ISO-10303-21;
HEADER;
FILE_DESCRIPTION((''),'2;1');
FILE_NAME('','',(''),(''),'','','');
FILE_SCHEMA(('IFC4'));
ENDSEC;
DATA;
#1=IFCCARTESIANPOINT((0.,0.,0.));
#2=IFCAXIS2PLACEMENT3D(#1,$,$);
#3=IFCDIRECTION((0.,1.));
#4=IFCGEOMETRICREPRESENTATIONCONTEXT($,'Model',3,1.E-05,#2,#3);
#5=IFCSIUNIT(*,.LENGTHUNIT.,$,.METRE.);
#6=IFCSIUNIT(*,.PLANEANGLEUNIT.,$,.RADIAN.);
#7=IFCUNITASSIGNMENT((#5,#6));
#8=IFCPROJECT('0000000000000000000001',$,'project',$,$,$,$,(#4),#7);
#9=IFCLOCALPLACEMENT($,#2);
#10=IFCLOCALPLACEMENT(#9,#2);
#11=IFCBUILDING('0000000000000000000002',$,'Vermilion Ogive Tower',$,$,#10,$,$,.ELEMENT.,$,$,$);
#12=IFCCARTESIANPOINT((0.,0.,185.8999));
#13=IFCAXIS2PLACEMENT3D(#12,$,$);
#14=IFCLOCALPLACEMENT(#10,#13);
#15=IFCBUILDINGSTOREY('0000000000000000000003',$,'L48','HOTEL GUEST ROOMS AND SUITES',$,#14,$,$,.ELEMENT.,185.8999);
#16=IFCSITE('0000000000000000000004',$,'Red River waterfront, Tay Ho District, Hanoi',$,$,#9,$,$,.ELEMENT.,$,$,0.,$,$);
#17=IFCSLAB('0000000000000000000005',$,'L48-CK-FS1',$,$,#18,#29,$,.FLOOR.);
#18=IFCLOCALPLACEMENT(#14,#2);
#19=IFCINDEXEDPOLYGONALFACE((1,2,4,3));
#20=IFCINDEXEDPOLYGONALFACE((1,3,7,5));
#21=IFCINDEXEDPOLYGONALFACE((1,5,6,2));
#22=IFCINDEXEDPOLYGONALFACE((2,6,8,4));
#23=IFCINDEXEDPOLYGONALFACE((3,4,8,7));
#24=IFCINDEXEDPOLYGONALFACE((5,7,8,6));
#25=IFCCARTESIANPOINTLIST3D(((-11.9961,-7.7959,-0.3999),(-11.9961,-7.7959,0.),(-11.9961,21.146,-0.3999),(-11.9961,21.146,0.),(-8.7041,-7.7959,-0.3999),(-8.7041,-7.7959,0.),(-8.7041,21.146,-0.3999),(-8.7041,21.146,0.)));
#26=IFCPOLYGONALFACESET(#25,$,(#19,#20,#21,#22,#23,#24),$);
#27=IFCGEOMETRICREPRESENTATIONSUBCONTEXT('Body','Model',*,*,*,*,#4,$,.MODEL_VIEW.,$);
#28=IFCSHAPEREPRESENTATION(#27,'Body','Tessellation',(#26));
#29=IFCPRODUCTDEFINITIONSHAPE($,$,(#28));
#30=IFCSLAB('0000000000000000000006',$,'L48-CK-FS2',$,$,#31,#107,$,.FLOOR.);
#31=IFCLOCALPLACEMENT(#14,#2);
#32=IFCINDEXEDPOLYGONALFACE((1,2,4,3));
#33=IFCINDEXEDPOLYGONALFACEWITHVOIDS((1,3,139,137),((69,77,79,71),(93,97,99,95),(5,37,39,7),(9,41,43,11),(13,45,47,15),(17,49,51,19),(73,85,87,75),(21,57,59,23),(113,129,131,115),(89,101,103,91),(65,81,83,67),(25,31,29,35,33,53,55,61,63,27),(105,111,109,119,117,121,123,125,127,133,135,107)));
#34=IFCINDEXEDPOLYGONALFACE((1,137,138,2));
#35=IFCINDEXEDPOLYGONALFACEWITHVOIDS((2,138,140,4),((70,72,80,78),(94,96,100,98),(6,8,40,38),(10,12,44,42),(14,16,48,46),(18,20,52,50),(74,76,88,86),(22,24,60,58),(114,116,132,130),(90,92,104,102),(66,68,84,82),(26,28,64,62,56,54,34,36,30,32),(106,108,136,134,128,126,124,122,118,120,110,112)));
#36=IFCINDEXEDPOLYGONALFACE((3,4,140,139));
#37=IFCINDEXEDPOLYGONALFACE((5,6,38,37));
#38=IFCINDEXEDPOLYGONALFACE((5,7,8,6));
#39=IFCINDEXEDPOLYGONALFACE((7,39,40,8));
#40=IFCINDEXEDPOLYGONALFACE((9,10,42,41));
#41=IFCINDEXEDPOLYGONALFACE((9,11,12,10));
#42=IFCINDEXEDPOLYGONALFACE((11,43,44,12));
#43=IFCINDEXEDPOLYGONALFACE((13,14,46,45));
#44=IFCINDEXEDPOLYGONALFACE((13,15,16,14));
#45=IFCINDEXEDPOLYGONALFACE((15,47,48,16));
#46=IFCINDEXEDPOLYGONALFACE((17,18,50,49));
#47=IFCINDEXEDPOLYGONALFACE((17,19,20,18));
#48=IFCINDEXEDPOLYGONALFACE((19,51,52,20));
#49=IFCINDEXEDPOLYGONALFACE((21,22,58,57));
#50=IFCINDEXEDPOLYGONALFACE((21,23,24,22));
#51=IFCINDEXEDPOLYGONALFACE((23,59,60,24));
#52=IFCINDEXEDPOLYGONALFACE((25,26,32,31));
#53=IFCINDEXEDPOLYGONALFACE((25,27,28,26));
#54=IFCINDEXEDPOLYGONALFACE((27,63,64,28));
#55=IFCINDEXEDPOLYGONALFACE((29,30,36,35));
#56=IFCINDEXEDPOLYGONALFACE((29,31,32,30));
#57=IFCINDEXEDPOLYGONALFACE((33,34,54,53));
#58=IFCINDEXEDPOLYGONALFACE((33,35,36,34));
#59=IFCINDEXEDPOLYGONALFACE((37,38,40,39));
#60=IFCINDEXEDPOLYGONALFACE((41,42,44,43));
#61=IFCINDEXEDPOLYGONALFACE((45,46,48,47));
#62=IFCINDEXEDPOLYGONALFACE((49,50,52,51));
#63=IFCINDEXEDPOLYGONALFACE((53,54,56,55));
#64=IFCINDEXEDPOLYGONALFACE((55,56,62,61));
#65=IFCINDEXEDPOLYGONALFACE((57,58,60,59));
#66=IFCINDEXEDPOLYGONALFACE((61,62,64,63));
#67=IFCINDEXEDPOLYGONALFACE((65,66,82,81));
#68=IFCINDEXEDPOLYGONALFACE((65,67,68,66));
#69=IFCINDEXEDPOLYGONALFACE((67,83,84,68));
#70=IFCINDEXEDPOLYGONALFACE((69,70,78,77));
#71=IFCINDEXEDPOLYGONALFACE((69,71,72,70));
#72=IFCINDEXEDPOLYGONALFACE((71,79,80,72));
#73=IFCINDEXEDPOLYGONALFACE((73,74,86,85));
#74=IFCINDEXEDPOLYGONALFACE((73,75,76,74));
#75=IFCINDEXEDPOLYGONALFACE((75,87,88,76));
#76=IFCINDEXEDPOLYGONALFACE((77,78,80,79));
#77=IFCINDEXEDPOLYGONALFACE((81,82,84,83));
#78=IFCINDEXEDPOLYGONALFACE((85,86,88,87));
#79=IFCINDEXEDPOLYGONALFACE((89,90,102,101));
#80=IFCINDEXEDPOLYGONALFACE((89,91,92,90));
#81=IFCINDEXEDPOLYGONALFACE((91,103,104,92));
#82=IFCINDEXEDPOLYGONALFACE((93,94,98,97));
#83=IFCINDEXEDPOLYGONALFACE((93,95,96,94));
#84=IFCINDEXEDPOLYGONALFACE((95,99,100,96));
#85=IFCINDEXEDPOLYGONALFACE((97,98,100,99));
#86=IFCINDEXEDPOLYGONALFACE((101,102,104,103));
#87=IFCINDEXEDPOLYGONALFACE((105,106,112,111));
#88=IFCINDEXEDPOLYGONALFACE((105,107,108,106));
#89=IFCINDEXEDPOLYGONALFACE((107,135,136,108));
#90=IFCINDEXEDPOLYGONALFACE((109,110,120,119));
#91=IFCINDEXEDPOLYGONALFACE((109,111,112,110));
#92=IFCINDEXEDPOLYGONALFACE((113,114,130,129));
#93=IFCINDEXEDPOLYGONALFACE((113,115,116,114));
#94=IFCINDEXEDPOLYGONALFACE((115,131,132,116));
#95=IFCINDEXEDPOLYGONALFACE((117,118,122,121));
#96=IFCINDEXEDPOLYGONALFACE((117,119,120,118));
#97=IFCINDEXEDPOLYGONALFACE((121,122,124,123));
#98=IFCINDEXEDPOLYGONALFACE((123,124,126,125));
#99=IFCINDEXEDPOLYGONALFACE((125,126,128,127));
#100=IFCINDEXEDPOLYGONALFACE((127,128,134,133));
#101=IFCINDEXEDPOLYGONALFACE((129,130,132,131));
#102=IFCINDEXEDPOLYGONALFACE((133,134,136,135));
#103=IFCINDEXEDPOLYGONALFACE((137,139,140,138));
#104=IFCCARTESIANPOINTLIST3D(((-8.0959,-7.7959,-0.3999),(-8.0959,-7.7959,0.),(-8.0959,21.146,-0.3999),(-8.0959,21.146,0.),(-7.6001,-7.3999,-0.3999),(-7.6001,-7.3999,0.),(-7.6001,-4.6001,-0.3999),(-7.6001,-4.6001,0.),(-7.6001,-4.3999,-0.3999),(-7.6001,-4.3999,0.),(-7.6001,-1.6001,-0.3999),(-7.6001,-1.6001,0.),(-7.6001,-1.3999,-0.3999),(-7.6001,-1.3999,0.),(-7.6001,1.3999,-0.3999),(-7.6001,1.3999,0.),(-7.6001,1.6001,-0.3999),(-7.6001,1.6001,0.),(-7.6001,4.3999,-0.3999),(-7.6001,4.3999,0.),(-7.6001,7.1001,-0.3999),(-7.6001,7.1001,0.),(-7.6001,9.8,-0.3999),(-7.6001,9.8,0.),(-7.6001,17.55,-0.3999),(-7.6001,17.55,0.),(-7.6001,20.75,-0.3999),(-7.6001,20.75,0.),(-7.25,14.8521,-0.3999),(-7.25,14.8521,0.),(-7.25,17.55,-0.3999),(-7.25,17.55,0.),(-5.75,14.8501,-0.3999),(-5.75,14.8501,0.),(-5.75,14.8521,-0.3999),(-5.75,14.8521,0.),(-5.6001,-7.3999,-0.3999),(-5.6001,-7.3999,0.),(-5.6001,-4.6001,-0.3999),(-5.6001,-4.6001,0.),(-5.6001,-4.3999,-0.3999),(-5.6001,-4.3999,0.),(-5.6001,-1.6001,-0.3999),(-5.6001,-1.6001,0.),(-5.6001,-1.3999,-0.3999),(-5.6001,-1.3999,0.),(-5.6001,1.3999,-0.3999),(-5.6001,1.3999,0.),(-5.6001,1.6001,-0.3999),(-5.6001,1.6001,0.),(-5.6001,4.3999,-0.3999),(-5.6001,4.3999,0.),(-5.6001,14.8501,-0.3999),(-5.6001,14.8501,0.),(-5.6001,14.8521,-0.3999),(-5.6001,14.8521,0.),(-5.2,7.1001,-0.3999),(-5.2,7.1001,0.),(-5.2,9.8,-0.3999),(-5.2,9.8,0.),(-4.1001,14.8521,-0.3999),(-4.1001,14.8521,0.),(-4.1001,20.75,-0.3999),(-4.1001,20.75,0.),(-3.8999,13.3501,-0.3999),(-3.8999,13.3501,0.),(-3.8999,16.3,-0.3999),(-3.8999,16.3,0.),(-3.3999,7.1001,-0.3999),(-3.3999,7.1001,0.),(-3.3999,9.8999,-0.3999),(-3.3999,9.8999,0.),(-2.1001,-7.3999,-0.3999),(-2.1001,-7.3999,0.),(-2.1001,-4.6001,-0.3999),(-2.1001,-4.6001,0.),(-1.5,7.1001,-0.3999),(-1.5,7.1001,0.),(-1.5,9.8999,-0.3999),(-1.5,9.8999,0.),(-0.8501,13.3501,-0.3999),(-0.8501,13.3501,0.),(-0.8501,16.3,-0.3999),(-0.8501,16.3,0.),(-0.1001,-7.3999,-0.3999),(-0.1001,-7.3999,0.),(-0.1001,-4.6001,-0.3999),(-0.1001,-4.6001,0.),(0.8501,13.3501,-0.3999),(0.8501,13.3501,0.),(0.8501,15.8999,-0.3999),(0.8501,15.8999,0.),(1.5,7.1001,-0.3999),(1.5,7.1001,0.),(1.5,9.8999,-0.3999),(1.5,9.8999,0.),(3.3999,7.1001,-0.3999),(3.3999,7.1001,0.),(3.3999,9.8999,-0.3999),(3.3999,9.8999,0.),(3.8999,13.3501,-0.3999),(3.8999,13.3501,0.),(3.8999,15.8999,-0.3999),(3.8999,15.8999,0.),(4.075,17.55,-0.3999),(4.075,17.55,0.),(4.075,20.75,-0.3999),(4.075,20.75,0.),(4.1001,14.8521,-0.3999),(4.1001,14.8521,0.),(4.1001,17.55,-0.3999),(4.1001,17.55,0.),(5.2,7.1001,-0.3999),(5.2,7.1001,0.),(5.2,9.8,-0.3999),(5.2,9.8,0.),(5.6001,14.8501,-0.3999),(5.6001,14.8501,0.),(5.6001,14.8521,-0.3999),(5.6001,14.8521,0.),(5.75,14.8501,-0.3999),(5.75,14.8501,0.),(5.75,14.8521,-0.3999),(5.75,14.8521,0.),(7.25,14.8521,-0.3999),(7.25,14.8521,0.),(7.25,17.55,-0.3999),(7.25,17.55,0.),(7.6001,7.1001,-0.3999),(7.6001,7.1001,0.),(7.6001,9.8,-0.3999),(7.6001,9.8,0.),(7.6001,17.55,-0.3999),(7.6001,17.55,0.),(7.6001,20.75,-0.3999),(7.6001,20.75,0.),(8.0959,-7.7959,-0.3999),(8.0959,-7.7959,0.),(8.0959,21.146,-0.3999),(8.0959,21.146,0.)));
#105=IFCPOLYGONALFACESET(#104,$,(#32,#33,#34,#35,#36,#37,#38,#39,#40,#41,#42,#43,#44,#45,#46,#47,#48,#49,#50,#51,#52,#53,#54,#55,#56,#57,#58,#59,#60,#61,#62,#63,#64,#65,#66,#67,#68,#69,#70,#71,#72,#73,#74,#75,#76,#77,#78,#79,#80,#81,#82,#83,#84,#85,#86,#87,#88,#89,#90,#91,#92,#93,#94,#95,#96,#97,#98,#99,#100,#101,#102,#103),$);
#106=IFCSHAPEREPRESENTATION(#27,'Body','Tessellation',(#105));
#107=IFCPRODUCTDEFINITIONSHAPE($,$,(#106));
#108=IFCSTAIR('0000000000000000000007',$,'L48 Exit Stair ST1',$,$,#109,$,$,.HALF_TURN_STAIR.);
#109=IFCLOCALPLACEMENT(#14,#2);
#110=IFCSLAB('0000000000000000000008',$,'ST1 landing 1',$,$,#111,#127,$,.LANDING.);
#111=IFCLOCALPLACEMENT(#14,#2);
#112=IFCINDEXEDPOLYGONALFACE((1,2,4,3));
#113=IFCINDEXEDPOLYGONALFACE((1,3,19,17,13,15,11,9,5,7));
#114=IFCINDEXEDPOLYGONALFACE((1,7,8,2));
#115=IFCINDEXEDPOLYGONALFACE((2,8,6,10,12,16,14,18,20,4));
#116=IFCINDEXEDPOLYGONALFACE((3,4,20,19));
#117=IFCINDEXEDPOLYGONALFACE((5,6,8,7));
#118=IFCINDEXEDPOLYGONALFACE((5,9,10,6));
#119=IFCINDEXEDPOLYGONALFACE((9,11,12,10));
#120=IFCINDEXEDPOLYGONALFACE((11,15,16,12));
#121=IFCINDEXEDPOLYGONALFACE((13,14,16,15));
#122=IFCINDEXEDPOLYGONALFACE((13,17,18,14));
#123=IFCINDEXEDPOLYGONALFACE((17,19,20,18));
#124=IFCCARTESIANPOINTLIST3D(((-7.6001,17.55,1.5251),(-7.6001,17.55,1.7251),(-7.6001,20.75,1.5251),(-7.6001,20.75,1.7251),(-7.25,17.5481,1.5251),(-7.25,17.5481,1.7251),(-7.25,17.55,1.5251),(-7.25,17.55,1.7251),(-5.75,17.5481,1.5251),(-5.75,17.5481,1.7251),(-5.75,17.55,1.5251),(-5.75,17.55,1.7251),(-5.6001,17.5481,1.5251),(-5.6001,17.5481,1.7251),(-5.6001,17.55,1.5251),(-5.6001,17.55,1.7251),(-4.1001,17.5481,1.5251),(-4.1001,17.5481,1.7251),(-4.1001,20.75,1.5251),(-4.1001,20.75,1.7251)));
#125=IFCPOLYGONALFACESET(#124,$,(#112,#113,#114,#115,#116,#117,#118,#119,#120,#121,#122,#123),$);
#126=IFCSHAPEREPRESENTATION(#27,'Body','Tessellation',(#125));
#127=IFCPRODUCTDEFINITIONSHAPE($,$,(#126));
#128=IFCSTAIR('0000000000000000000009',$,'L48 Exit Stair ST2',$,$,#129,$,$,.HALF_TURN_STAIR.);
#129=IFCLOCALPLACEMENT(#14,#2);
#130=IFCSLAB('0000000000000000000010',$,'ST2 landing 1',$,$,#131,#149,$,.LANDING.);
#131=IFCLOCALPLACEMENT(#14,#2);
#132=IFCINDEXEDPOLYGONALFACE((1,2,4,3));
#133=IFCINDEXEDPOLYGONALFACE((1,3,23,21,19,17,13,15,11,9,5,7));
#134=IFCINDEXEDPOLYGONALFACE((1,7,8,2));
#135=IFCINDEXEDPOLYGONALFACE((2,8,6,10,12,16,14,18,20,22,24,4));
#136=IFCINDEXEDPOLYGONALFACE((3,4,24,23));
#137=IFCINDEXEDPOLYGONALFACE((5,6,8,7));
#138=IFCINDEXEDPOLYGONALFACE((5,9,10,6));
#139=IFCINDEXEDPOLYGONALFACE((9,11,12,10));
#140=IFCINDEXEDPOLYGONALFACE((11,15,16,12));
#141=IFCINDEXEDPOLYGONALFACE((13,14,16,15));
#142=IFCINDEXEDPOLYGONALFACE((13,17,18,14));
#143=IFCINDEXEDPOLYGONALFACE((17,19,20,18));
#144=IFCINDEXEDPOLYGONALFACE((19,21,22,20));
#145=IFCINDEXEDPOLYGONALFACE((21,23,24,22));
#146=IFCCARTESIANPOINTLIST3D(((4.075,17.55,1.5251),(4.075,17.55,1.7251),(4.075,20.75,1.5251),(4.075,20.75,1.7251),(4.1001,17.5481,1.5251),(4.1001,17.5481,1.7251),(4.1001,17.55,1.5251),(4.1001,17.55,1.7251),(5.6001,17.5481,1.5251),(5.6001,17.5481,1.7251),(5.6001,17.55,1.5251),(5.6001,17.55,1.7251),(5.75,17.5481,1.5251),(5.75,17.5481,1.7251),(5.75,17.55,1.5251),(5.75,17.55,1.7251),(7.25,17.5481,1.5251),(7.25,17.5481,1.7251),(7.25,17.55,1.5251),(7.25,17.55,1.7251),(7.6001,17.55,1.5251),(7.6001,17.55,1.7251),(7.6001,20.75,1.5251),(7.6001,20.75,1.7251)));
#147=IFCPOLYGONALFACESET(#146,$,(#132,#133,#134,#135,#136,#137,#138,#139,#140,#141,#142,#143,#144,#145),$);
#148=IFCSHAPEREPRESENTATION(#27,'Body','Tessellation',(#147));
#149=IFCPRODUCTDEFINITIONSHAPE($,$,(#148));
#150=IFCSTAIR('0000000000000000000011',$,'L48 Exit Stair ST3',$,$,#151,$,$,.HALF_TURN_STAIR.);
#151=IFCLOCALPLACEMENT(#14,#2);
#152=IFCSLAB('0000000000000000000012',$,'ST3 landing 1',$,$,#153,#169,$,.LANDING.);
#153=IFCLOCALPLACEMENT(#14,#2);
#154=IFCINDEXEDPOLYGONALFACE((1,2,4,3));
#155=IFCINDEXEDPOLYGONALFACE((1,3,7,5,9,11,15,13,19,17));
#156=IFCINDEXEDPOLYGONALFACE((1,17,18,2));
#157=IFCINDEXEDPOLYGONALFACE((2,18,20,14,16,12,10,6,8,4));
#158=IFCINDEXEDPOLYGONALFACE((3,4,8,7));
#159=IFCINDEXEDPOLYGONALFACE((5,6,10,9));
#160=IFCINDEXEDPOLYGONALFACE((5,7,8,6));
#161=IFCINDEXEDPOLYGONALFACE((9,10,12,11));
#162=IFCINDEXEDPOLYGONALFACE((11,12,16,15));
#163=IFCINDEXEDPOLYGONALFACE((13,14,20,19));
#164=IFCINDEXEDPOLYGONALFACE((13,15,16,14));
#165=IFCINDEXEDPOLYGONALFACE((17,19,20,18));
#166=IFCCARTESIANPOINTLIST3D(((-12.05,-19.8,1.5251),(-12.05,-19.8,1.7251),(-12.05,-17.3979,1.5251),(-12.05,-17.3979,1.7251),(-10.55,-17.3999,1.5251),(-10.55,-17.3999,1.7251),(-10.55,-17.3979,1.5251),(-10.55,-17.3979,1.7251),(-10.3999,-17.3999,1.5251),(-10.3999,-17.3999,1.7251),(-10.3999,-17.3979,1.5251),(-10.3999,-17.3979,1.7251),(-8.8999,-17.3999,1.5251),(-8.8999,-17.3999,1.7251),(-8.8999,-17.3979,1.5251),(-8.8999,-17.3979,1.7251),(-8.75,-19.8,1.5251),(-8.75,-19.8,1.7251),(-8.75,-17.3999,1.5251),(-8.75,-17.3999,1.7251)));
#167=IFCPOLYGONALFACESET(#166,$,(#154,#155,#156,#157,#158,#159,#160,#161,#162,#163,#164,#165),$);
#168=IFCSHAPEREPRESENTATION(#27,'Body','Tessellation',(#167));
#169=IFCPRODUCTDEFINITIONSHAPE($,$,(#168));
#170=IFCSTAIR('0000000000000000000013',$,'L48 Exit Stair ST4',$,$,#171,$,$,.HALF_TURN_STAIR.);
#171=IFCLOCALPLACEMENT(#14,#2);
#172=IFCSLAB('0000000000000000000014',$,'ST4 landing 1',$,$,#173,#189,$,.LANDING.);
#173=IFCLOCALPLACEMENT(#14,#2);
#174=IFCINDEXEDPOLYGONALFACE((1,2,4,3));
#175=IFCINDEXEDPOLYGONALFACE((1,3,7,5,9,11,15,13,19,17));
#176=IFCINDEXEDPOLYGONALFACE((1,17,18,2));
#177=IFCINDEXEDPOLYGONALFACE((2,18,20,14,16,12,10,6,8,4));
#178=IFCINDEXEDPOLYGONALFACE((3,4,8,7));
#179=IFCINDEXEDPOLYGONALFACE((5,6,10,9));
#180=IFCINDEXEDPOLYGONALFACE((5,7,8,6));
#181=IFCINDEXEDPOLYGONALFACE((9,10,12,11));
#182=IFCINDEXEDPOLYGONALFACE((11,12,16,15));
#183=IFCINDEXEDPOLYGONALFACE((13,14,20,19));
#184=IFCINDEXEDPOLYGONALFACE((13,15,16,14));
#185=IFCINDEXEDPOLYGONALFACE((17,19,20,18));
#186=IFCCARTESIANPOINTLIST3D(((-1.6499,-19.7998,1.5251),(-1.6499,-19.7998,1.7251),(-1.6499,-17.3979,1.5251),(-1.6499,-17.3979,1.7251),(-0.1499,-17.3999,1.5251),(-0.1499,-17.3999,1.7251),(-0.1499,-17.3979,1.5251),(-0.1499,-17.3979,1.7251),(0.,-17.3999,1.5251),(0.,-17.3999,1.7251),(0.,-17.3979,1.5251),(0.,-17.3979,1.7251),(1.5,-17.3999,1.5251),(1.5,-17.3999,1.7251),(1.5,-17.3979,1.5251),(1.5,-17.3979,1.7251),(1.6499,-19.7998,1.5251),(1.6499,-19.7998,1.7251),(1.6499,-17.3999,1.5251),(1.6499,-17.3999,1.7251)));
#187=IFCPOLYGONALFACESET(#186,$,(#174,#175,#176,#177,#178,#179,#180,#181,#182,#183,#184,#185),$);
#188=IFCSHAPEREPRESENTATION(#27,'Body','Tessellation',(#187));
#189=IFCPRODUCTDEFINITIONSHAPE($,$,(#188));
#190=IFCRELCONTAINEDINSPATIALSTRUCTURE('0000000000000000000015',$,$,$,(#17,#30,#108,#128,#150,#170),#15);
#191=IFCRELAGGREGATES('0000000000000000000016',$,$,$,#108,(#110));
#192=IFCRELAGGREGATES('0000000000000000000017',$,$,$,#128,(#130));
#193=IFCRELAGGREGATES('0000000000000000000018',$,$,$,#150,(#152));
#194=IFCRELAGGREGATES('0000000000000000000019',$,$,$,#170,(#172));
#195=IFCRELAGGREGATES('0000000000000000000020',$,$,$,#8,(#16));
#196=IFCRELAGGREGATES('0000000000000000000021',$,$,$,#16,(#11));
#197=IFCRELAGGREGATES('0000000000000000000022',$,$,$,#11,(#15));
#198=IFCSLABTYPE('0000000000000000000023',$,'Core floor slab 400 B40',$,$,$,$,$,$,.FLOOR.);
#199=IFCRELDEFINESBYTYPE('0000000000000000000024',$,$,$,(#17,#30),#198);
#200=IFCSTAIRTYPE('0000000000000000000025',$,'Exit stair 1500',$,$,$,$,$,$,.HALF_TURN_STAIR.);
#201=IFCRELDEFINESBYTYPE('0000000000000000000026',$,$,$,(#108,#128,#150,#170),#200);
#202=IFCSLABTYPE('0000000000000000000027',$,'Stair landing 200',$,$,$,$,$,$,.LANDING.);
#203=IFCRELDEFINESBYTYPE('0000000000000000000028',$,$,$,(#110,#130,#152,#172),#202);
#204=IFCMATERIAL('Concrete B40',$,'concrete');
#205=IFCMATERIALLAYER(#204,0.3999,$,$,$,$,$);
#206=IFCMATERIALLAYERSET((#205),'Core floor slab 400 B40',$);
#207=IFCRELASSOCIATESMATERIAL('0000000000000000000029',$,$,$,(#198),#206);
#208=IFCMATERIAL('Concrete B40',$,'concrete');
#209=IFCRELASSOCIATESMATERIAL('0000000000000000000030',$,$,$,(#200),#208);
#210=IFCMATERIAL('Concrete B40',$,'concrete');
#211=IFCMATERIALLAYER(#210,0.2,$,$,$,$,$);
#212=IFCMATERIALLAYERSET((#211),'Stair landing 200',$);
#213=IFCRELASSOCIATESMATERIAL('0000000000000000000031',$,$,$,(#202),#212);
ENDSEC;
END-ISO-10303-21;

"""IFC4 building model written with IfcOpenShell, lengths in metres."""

from ifc_helpers import new_model, si_unit, direction, frame, origin, place, context, subcontext, project, spatial, polyline, outline, extrude, material, layer, layer_set, type_object, element, aggregate, save


model = new_model("IFC4")

# Units and contexts
model_context = context("Model", 3, precision=1e-05, world=origin(), true_north=direction((0.0, 1.0)))
body_context = subcontext(model_context, "Body", "Model", "MODEL_VIEW")
ifc_project = project(units=[si_unit("LENGTHUNIT", "METRE"), si_unit("PLANEANGLEUNIT", "RADIAN")], contexts=[model_context])

# Site, building, storey
site_placement = place(None, origin())
site = spatial("IfcSite", under=ifc_project, at=site_placement, Name="Red River waterfront, Tay Ho District, Hanoi", CompositionType="ELEMENT", RefElevation=0.0)
building_placement = place(site_placement, origin())
building = spatial("IfcBuilding", under=site, at=building_placement, Name="Vermilion Ogive Tower", CompositionType="ELEMENT")
storey_placement = place(building_placement, frame((0.0, 0.0, 185.8999)))
storey = spatial("IfcBuildingStorey", under=building, at=storey_placement, Name="L48", Description="HOTEL GUEST ROOMS AND SUITES", CompositionType="ELEMENT", Elevation=185.8999)

# Slabs
ifc_material_1 = material(Name="Concrete B40", Category="concrete")
ifc_layer_1 = layer(ifc_material_1, 0.3999)
ifc_layer_set_1 = layer_set([ifc_layer_1], Name="Core floor slab 400 B40")
slab_type_1 = type_object("IfcSlabType", Name="Core floor slab 400 B40", PredefinedType="FLOOR", material=ifc_layer_set_1)
slab_1_placement = place(storey_placement, frame((0.0, 0.0, -0.3999)))
element("IfcSlab", 1, at=slab_1_placement, inside=storey, type_object=slab_type_1, Name="L48-CK-FS1", PredefinedType="FLOOR", context=body_context, shape_type="SweptSolid", body=[
    extrude(outline(polyline([(-11.9961, 21.146), (-8.7041, 21.146), (-8.7041, -7.7959), (-11.9961, -7.7959), (-11.9961, 21.146)])), origin(), (0.0, 0.0, 1.0), 0.3999),
])
slab_2_placement = place(storey_placement, frame((0.0, 0.0, -0.3999)))
element("IfcSlab", 2, at=slab_2_placement, inside=storey, type_object=slab_type_1, Name="L48-CK-FS2", PredefinedType="FLOOR", context=body_context, shape_type="SweptSolid", body=[
    extrude(outline(polyline([(-8.0959, -7.7959), (8.0959, -7.7959), (8.0959, 21.146), (-8.0959, 21.146), (-8.0959, -7.7959)]), holes=[polyline([(-7.6001, -7.3999), (-7.6001, -4.6001), (-5.6001, -4.6001), (-5.6001, -7.3999), (-7.6001, -7.3999)]), polyline([(-7.6001, -4.3999), (-7.6001, -1.6001), (-5.6001, -1.6001), (-5.6001, -4.3999), (-7.6001, -4.3999)]), polyline([(-7.6001, -1.3999), (-7.6001, 1.3999), (-5.6001, 1.3999), (-5.6001, -1.3999), (-7.6001, -1.3999)]), polyline([(-7.6001, 1.6001), (-7.6001, 4.3999), (-5.6001, 4.3999), (-5.6001, 1.6001), (-7.6001, 1.6001)]), polyline([(-7.6001, 7.1001), (-7.6001, 9.8), (-5.2, 9.8), (-5.2, 7.1001), (-7.6001, 7.1001)]), polyline([(-3.3999, 9.8999), (-1.5, 9.8999), (-1.5, 7.1001), (-3.3999, 7.1001), (-3.3999, 9.8999)]), polyline([(-7.6001, 17.55), (-7.6001, 20.75), (-4.1001, 20.75), (-4.1001, 14.8521), (-5.6001, 14.8521), (-5.6001, 14.8501), (-5.75, 14.8501), (-5.75, 14.8521), (-7.25, 14.8521), (-7.25, 17.55), (-7.6001, 17.55)]), polyline([(-2.1001, -7.3999), (-2.1001, -4.6001), (-0.1001, -4.6001), (-0.1001, -7.3999), (-2.1001, -7.3999)]), polyline([(5.2, 7.1001), (5.2, 9.8), (7.6001, 9.8), (7.6001, 7.1001), (5.2, 7.1001)]), polyline([(1.5, 7.1001), (1.5, 9.8999), (3.3999, 9.8999), (3.3999, 7.1001), (1.5, 7.1001)]), polyline([(0.8501, 13.3501), (0.8501, 15.8999), (3.8999, 15.8999), (3.8999, 13.3501), (0.8501, 13.3501)]), polyline([(-3.8999, 16.3), (-0.8501, 16.3), (-0.8501, 13.3501), (-3.8999, 13.3501), (-3.8999, 16.3)]), polyline([(5.75, 14.8501), (5.6001, 14.8501), (5.6001, 14.8521), (4.1001, 14.8521), (4.1001, 17.55), (4.075, 17.55), (4.075, 20.75), (7.6001, 20.75), (7.6001, 17.55), (7.25, 17.55), (7.25, 14.8521), (5.75, 14.8521), (5.75, 14.8501)])]), origin(), (0.0, 0.0, 1.0), 0.3999),
])

# Stairs, slabs
ifc_material_2 = material(Name="Concrete B40", Category="concrete")
stair_type = type_object("IfcStairType", Name="Exit stair 1500", PredefinedType="HALF_TURN_STAIR", material=ifc_material_2)
stair_1_placement = place(storey_placement, origin())
stair_1 = element("IfcStair", 3, at=stair_1_placement, inside=storey, type_object=stair_type, Name="L48 Exit Stair ST1", PredefinedType="HALF_TURN_STAIR")
ifc_material_3 = material(Name="Concrete B40", Category="concrete")
ifc_layer_2 = layer(ifc_material_3, 0.2)
ifc_layer_set_2 = layer_set([ifc_layer_2], Name="Stair landing 200")
slab_type_2 = type_object("IfcSlabType", Name="Stair landing 200", PredefinedType="LANDING", material=ifc_layer_set_2)
slab_3_placement = place(storey_placement, frame((0.0, 0.0, 1.5251)))
slab_3 = element("IfcSlab", 4, at=slab_3_placement, type_object=slab_type_2, Name="ST1 landing 1", PredefinedType="LANDING", context=body_context, shape_type="SweptSolid", body=[
    extrude(outline(polyline([(-7.6001, 17.55), (-7.25, 17.55), (-7.25, 17.5481), (-5.75, 17.5481), (-5.75, 17.55), (-5.6001, 17.55), (-5.6001, 17.5481), (-4.1001, 17.5481), (-4.1001, 20.75), (-7.6001, 20.75), (-7.6001, 17.55)])), origin(), (0.0, 0.0, 1.0), 0.2),
])
aggregate(stair_1, [slab_3])
stair_2_placement = place(storey_placement, origin())
stair_2 = element("IfcStair", 5, at=stair_2_placement, inside=storey, type_object=stair_type, Name="L48 Exit Stair ST2", PredefinedType="HALF_TURN_STAIR")
slab_4_placement = place(storey_placement, frame((0.0, 0.0, 1.5251)))
slab_4 = element("IfcSlab", 6, at=slab_4_placement, type_object=slab_type_2, Name="ST2 landing 1", PredefinedType="LANDING", context=body_context, shape_type="SweptSolid", body=[
    extrude(outline(polyline([(5.6001, 17.55), (5.75, 17.55), (5.75, 17.5481), (7.25, 17.5481), (7.25, 17.55), (7.6001, 17.55), (7.6001, 20.75), (4.075, 20.75), (4.075, 17.55), (4.1001, 17.55), (4.1001, 17.5481), (5.6001, 17.5481), (5.6001, 17.55)])), origin(), (0.0, 0.0, 1.0), 0.2),
])
aggregate(stair_2, [slab_4])
stair_3_placement = place(storey_placement, origin())
stair_3 = element("IfcStair", 7, at=stair_3_placement, inside=storey, type_object=stair_type, Name="L48 Exit Stair ST3", PredefinedType="HALF_TURN_STAIR")
slab_5_placement = place(storey_placement, frame((0.0, 0.0, 1.5251)))
slab_5 = element("IfcSlab", 8, at=slab_5_placement, type_object=slab_type_2, Name="ST3 landing 1", PredefinedType="LANDING", context=body_context, shape_type="SweptSolid", body=[
    extrude(outline(polyline([(-8.75, -17.3999), (-8.8999, -17.3999), (-8.8999, -17.3979), (-10.3999, -17.3979), (-10.3999, -17.3999), (-10.55, -17.3999), (-10.55, -17.3979), (-12.05, -17.3979), (-12.05, -19.8), (-8.75, -19.8), (-8.75, -17.3999)])), origin(), (0.0, 0.0, 1.0), 0.2),
])
aggregate(stair_3, [slab_5])
stair_4_placement = place(storey_placement, origin())
stair_4 = element("IfcStair", 9, at=stair_4_placement, inside=storey, type_object=stair_type, Name="L48 Exit Stair ST4", PredefinedType="HALF_TURN_STAIR")
slab_6_placement = place(storey_placement, frame((0.0, 0.0, 1.5251)))
slab_6 = element("IfcSlab", 10, at=slab_6_placement, type_object=slab_type_2, Name="ST4 landing 1", PredefinedType="LANDING", context=body_context, shape_type="SweptSolid", body=[
    extrude(outline(polyline([(1.6499, -17.3999), (1.5, -17.3999), (1.5, -17.3979), (0.0, -17.3979), (0.0, -17.3999), (-0.1499, -17.3999), (-0.1499, -17.3979), (-1.6499, -17.3979), (-1.6499, -19.7998), (1.6499, -19.7998), (1.6499, -17.3999)])), origin(), (0.0, 0.0, 1.0), 0.2),
])
aggregate(stair_4, [slab_6])

save(model, "model.ifc")
